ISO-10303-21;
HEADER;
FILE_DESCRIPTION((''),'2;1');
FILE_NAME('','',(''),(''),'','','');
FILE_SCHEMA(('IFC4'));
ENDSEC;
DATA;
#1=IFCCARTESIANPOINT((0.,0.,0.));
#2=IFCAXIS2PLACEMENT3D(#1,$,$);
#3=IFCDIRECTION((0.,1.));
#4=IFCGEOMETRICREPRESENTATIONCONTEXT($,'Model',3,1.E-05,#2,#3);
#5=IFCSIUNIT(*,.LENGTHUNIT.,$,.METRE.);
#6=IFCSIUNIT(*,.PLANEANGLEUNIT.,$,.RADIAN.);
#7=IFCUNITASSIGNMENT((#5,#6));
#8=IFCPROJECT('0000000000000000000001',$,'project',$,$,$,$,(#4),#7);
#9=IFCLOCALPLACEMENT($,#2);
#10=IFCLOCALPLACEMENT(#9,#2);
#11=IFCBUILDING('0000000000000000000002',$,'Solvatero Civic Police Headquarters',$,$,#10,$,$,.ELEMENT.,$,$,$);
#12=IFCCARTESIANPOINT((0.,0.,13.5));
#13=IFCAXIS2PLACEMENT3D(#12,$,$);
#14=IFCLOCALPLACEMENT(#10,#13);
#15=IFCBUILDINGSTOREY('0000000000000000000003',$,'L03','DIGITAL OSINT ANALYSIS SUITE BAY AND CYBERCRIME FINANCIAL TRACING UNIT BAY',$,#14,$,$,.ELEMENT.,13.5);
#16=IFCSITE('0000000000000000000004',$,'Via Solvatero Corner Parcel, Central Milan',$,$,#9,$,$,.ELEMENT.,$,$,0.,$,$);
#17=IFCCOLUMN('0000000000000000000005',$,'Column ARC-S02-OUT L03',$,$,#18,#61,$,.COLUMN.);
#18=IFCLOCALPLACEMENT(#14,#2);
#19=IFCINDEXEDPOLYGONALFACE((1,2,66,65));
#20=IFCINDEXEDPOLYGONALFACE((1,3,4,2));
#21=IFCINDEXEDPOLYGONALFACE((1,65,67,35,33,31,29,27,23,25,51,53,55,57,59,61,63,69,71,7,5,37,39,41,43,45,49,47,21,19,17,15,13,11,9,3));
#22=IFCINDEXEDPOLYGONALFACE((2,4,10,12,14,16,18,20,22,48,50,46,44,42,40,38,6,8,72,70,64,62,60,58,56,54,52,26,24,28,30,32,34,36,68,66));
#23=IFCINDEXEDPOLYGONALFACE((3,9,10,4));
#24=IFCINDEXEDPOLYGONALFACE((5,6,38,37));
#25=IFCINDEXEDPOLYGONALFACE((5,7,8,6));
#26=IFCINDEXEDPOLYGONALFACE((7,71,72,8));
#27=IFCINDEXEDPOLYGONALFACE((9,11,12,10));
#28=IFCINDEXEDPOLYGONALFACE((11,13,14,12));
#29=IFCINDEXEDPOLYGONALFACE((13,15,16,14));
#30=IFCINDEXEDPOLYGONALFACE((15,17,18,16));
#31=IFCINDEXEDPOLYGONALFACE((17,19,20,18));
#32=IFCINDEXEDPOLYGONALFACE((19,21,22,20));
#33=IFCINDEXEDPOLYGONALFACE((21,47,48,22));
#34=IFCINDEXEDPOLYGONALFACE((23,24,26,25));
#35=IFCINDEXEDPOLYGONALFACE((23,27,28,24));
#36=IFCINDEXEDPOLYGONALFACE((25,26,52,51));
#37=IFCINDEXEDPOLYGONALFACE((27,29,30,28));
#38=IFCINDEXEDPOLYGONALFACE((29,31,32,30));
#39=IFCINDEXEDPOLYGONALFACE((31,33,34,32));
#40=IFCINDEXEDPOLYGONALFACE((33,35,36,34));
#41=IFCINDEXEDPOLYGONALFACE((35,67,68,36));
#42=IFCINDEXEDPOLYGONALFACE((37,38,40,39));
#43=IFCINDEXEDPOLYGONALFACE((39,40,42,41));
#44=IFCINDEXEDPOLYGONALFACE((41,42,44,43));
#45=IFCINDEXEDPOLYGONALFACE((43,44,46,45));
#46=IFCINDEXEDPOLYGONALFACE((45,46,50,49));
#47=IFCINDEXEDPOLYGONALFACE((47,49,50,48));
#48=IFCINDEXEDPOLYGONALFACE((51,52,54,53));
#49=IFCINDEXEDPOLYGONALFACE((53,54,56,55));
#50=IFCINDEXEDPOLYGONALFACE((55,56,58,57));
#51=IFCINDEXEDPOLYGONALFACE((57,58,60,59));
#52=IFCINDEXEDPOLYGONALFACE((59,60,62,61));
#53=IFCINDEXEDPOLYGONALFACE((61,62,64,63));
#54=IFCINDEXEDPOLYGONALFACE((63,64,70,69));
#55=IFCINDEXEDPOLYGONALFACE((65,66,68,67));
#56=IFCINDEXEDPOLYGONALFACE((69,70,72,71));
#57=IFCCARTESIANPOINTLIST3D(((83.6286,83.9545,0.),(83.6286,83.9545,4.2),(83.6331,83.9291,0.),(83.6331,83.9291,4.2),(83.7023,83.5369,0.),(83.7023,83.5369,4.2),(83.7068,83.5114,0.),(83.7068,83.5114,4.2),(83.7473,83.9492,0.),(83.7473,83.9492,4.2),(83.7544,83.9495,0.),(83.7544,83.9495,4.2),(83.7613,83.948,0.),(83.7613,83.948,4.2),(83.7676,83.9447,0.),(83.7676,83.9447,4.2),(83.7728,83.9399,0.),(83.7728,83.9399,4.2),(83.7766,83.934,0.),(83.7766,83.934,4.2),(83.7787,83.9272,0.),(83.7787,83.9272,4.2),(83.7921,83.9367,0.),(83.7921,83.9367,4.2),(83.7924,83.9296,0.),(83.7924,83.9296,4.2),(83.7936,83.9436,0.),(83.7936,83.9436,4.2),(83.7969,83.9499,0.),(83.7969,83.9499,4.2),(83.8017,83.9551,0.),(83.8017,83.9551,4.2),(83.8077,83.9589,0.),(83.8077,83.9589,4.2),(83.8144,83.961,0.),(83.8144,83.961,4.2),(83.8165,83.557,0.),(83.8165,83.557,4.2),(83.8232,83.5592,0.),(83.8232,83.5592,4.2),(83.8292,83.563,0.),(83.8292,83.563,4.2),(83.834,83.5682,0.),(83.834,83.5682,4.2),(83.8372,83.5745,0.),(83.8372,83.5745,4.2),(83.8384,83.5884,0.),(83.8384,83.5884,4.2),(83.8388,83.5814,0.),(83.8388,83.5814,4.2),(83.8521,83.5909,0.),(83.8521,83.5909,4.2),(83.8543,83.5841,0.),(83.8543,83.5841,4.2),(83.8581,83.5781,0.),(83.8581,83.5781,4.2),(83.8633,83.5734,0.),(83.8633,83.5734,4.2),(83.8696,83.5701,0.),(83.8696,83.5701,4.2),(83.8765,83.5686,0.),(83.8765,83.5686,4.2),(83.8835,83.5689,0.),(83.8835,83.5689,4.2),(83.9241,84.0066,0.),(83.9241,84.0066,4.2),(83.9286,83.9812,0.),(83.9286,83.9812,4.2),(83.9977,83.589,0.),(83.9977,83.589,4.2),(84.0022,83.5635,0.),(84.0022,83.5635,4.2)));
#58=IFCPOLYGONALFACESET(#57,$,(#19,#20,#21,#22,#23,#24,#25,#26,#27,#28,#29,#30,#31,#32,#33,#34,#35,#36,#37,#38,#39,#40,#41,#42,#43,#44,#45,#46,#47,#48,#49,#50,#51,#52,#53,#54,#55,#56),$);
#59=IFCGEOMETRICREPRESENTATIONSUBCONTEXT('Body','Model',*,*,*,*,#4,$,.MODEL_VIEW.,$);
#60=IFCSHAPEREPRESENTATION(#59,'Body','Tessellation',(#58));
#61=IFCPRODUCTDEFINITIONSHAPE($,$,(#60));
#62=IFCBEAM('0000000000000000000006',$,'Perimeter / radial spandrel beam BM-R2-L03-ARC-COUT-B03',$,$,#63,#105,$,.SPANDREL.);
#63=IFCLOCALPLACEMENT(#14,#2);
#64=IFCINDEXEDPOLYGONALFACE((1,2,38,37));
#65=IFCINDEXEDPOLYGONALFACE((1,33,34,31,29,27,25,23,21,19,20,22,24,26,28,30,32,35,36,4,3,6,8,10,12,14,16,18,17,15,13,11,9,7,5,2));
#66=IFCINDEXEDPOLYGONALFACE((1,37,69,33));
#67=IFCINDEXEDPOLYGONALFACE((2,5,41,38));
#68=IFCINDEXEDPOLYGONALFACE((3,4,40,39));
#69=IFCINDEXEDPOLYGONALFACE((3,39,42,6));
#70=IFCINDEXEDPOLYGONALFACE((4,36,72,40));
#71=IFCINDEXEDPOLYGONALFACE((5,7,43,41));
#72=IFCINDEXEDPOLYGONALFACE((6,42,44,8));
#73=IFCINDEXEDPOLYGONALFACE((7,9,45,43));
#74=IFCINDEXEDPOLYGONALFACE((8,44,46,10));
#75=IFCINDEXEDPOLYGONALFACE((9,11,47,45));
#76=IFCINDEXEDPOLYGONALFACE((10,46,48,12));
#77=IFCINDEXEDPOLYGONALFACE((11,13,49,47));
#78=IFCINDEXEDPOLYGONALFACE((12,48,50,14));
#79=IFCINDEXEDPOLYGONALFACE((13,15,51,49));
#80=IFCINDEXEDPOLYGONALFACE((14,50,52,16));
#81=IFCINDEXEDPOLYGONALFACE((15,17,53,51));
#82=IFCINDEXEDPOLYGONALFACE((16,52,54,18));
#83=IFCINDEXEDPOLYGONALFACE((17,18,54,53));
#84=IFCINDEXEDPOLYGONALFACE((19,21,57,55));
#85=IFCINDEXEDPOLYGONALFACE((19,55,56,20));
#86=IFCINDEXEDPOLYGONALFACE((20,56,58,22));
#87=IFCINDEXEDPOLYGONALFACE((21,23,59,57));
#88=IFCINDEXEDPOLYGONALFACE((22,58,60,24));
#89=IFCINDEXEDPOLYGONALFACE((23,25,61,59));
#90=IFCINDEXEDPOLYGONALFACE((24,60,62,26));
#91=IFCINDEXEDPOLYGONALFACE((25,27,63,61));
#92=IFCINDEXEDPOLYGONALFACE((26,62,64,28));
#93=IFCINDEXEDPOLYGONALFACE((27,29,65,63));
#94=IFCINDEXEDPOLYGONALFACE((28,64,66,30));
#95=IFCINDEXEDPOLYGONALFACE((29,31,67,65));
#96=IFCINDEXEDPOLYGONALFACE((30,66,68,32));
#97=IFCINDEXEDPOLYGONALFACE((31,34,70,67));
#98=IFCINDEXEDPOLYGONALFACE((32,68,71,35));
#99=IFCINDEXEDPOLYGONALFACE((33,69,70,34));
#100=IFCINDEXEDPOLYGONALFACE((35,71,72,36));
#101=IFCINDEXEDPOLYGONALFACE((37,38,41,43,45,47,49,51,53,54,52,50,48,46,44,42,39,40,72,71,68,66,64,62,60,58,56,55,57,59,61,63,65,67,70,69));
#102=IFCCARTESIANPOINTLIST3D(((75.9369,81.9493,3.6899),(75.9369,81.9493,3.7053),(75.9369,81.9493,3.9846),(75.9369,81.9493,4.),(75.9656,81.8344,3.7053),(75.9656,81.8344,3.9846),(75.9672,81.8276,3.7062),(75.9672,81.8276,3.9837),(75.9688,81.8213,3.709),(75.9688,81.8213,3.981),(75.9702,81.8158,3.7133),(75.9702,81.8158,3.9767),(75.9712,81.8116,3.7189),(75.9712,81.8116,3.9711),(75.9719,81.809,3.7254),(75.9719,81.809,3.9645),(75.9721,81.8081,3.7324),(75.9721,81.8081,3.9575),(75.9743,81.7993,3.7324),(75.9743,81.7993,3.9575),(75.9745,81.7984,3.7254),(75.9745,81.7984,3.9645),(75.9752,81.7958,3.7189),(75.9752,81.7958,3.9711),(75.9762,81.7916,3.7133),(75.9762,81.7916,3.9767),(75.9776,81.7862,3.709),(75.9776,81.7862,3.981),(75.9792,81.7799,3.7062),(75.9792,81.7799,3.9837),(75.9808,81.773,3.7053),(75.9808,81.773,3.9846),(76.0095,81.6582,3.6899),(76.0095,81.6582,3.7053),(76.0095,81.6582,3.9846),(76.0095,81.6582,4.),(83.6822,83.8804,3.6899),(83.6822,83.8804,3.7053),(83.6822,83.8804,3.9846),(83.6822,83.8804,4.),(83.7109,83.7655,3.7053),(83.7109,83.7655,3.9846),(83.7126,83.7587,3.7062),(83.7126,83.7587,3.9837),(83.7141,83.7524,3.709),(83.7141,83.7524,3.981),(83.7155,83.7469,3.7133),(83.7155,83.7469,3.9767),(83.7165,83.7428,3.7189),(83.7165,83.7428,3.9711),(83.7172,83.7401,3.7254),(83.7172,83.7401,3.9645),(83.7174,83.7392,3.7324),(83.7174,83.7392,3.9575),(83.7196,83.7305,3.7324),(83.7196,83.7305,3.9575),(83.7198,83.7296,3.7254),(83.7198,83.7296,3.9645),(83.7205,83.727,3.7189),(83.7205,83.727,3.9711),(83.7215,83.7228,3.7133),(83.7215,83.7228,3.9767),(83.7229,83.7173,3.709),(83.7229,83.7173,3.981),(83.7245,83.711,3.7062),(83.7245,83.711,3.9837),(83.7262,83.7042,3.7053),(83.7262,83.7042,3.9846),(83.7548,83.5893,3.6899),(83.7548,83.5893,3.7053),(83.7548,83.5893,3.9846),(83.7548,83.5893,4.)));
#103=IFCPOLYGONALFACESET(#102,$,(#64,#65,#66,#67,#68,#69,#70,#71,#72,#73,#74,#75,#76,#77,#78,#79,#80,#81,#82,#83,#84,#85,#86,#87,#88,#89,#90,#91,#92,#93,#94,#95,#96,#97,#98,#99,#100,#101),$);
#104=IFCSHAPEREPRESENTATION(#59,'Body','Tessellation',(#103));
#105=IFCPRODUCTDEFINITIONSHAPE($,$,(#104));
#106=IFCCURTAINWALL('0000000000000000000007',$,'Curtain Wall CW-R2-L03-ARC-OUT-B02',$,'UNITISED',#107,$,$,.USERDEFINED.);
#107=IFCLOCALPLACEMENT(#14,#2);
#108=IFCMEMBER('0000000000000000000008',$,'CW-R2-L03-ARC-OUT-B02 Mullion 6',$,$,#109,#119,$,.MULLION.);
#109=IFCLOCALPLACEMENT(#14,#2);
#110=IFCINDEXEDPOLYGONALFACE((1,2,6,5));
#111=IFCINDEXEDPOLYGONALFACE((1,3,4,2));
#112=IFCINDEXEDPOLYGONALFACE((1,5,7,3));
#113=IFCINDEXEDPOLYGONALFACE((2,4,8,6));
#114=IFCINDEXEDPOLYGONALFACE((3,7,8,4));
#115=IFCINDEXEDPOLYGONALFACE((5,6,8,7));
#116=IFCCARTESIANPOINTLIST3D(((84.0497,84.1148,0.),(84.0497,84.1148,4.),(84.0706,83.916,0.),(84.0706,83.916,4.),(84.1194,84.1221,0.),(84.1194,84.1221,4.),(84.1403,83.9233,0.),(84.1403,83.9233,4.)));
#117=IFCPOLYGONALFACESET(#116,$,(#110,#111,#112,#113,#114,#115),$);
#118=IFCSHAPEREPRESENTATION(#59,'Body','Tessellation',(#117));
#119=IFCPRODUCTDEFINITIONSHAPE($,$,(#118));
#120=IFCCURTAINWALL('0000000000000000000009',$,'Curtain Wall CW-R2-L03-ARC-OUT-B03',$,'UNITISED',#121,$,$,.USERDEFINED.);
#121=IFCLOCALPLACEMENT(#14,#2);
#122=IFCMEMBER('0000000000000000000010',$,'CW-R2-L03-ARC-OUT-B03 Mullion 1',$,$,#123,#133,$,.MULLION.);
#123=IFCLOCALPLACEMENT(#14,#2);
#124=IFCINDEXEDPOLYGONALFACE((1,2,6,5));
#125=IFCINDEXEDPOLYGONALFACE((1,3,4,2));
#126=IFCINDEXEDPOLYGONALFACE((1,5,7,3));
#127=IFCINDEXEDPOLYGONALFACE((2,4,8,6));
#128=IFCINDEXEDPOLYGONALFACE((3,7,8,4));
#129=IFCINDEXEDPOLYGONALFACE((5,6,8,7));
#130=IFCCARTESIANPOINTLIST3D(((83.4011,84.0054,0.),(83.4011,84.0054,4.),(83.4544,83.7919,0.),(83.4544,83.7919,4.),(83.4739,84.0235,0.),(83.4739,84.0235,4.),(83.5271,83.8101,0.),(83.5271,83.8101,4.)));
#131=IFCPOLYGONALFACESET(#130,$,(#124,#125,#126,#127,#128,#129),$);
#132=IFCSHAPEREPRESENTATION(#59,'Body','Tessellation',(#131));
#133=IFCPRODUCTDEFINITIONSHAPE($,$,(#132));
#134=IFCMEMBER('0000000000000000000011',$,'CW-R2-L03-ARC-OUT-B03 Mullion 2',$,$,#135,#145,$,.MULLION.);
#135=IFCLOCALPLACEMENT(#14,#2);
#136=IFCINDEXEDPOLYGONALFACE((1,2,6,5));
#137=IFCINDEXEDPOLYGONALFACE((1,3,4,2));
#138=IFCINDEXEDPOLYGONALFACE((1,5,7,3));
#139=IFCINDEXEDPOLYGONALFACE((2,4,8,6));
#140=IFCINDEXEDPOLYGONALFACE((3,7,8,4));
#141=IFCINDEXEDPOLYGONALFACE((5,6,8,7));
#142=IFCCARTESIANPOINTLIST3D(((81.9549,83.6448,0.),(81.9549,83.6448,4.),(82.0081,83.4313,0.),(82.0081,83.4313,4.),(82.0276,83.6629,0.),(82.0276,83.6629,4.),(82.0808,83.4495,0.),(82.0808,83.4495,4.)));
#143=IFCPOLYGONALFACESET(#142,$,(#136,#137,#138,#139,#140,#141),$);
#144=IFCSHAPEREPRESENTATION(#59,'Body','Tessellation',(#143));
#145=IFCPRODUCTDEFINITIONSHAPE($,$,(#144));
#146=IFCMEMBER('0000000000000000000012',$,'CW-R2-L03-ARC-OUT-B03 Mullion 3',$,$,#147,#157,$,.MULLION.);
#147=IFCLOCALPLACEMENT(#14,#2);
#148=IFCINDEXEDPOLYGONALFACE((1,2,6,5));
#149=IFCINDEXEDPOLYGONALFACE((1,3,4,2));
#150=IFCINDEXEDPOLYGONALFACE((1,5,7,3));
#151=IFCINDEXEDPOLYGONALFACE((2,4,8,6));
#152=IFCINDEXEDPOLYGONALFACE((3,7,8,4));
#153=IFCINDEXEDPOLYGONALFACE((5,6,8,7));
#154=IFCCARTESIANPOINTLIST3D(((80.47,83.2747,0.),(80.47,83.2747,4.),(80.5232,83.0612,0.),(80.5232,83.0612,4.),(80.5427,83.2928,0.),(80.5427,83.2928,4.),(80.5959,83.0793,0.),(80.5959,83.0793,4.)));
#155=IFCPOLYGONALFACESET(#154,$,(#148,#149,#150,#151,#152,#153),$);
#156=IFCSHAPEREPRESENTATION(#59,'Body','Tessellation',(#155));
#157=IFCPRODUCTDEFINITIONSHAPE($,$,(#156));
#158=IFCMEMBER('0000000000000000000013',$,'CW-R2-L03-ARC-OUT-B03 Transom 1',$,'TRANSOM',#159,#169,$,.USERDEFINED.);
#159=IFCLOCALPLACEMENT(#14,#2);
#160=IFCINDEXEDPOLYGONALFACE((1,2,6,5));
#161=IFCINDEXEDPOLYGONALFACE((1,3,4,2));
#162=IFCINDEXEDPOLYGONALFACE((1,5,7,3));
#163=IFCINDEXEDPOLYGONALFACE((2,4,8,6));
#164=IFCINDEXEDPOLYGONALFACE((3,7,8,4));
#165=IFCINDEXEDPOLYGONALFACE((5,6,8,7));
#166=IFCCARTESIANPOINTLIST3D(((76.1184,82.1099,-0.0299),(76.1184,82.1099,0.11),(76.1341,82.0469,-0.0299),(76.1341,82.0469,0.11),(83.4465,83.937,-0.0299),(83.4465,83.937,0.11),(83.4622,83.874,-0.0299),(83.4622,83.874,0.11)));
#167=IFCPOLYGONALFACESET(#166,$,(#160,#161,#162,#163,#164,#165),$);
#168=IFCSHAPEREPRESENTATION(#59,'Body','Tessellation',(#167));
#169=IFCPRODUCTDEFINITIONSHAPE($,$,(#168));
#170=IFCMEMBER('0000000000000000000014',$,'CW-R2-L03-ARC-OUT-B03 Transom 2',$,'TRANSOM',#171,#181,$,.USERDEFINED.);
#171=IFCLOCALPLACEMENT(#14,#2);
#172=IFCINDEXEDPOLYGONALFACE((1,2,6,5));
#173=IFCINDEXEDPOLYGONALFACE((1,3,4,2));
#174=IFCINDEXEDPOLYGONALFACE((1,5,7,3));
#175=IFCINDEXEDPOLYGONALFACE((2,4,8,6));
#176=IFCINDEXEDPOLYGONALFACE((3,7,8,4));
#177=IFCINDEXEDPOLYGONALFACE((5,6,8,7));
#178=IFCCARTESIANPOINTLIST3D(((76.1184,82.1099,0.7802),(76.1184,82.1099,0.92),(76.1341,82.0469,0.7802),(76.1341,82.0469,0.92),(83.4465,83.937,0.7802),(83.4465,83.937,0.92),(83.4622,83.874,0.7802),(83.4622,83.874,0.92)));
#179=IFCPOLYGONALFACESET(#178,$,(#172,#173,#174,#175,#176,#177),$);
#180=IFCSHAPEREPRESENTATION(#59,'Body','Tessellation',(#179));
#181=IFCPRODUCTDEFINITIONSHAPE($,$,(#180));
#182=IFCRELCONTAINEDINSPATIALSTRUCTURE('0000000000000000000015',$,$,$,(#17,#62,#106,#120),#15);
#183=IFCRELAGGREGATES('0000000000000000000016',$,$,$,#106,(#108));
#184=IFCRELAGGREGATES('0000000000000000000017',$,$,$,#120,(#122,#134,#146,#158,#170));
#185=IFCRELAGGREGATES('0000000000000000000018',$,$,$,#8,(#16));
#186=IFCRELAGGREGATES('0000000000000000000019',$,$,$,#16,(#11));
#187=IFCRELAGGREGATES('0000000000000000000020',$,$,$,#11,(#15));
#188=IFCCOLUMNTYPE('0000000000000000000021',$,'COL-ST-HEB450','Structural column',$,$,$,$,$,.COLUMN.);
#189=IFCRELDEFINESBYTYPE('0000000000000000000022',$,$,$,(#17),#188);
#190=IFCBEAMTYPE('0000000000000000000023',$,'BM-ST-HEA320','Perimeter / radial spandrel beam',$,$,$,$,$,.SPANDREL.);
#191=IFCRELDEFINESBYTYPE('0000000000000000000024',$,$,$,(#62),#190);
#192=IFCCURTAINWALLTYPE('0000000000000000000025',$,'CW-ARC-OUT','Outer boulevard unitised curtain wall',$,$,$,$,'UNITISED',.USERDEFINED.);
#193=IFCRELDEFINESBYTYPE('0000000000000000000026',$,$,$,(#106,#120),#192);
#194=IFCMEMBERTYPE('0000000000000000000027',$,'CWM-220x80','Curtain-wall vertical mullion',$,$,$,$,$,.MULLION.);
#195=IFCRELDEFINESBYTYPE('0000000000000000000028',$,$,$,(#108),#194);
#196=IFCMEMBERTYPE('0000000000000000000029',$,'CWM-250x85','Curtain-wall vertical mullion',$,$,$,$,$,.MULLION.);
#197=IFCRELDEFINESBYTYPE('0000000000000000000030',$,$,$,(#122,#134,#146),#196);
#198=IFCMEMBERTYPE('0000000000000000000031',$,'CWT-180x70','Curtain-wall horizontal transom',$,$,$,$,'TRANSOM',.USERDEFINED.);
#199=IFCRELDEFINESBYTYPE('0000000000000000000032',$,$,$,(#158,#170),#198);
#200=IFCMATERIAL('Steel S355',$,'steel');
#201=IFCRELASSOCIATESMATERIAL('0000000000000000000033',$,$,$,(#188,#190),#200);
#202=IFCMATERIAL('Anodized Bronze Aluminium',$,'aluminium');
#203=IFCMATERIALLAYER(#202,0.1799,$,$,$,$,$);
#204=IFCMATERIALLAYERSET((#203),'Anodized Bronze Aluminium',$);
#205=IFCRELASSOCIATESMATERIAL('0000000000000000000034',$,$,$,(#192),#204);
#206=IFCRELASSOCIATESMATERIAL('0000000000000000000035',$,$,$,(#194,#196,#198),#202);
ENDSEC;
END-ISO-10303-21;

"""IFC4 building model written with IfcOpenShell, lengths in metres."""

from ifc_helpers import new_model, si_unit, direction, frame, origin, origin_2d, place, context, subcontext, project, spatial, rectangle, i_section, extrude, material, layer, layer_set, material_profile, profile_set, type_object, element, aggregate, save


model = new_model("IFC4")

# Units and contexts
model_context = context("Model", 3, precision=1e-05, world=origin(), true_north=direction((0.0, 1.0)))
body_context = subcontext(model_context, "Body", "Model", "MODEL_VIEW")
ifc_project = project(units=[si_unit("LENGTHUNIT", "METRE"), si_unit("PLANEANGLEUNIT", "RADIAN")], contexts=[model_context])

# Site, building, storey
site_placement = place(None, origin())
site = spatial("IfcSite", under=ifc_project, at=site_placement, Name="Via Solvatero Corner Parcel, Central Milan", CompositionType="ELEMENT", RefElevation=0.0)
building_placement = place(site_placement, origin())
building = spatial("IfcBuilding", under=site, at=building_placement, Name="Solvatero Civic Police Headquarters", CompositionType="ELEMENT")
storey_placement = place(building_placement, frame((0.0, 0.0, 13.5)))
storey = spatial("IfcBuildingStorey", under=building, at=storey_placement, Name="L03", Description="DIGITAL OSINT ANALYSIS SUITE BAY AND CYBERCRIME FINANCIAL TRACING UNIT BAY", CompositionType="ELEMENT", Elevation=13.5)

# Column
ifc_material_1 = material(Name="Steel S355", Category="steel")
ifc_material_profile_1 = material_profile(ifc_material_1, i_section(OverallWidth=0.3, OverallDepth=0.45, WebThickness=0.0139, FlangeThickness=0.0259, FilletRadius=0.0271, at=origin_2d()), Name="HEB 450")
ifc_profile_set_1 = profile_set([ifc_material_profile_1], Name="Steel S355")
column_type = type_object("IfcColumnType", Name="COL-ST-HEB450", Description="Structural column", PredefinedType="COLUMN", material=ifc_profile_set_1)
column_placement = place(storey_placement, frame((83.8154, 83.759, 0.0), z_axis=(0.0, 0.0, 1.0), x_axis=(0.984808, 0.173648, 0.0)))
element("IfcColumn", 1, at=column_placement, inside=storey, type_object=column_type, Name="Column ARC-S02-OUT L03", PredefinedType="COLUMN", context=body_context, shape_type="SweptSolid", body=[
    extrude(i_section(OverallWidth=0.3, OverallDepth=0.45, WebThickness=0.0139, FlangeThickness=0.0259, FilletRadius=0.0271, at=origin_2d()), origin(), (0.0, 0.0, 1.0), 4.2),
])

# Beam
ifc_material_profile_2 = material_profile(ifc_material_1, i_section(OverallWidth=0.3, OverallDepth=0.3101, WebThickness=0.009, FlangeThickness=0.0154, FilletRadius=0.0271, at=origin_2d()), Name="HEA 320")
ifc_profile_set_2 = profile_set([ifc_material_profile_2], Name="Steel S355")
beam_type = type_object("IfcBeamType", Name="BM-ST-HEA320", Description="Perimeter / radial spandrel beam", PredefinedType="SPANDREL", material=ifc_profile_set_2)
beam_placement = place(storey_placement, frame((83.7185, 83.7349, 3.845), z_axis=(-0.970295, -0.241924, 0.0), x_axis=(0.241924, -0.970295, 0.0)))
element("IfcBeam", 2, at=beam_placement, inside=storey, type_object=beam_type, Name="Perimeter / radial spandrel beam BM-R2-L03-ARC-COUT-B03", PredefinedType="SPANDREL", context=body_context, shape_type="SweptSolid", body=[
    extrude(i_section(OverallWidth=0.3, OverallDepth=0.3101, WebThickness=0.009, FlangeThickness=0.0154, FilletRadius=0.0271, at=origin_2d()), origin(), (0.0, 0.0, 1.0), 7.9824),
])

# Curtain wall, member
ifc_material_2 = material(Name="Anodized Bronze Aluminium", Category="aluminium")
ifc_layer_1 = layer(ifc_material_2, 0.1799)
ifc_layer_set_1 = layer_set([ifc_layer_1], Name="Anodized Bronze Aluminium")
curtain_wall_type = type_object("IfcCurtainWallType", Name="CW-ARC-OUT", Description="Outer boulevard unitised curtain wall", ElementType="UNITISED", PredefinedType="USERDEFINED", material=ifc_layer_set_1)
curtain_wall_1_placement = place(storey_placement, origin())
curtain_wall_1 = element("IfcCurtainWall", 3, at=curtain_wall_1_placement, inside=storey, type_object=curtain_wall_type, Name="Curtain Wall CW-R2-L03-ARC-OUT-B02", ObjectType="UNITISED", PredefinedType="USERDEFINED")
ifc_material_profile_3 = material_profile(ifc_material_2, rectangle(XDim=0.0701, YDim=0.2, at=origin_2d()), Name="ALU MULLION 70x200")
ifc_profile_set_3 = profile_set([ifc_material_profile_3], Name="Anodized Bronze Aluminium")
member_type_1 = type_object("IfcMemberType", Name="CWM-220x80", Description="Curtain-wall vertical mullion", PredefinedType="MULLION", material=ifc_profile_set_3)
member_1_placement = place(storey_placement, frame((84.095, 84.019, 0.0), z_axis=(0.0, 0.0, 1.0), x_axis=(-0.994524, -0.104511, 0.0)))
member_1 = element("IfcMember", 4, at=member_1_placement, type_object=member_type_1, Name="CW-R2-L03-ARC-OUT-B02 Mullion 6", PredefinedType="MULLION", context=body_context, shape_type="SweptSolid", body=[
    extrude(rectangle(XDim=0.0701, YDim=0.2, at=origin_2d()), origin(), (0.0, 0.0, 1.0), 4.0),
])
aggregate(curtain_wall_1, [member_1])

# Curtain wall, members
curtain_wall_2_placement = place(storey_placement, origin())
curtain_wall_2 = element("IfcCurtainWall", 5, at=curtain_wall_2_placement, inside=storey, type_object=curtain_wall_type, Name="Curtain Wall CW-R2-L03-ARC-OUT-B03", ObjectType="UNITISED", PredefinedType="USERDEFINED")
ifc_material_profile_4 = material_profile(ifc_material_2, rectangle(XDim=0.075, YDim=0.22, at=origin_2d()), Name="ALU MULLION 75x220")
ifc_profile_set_4 = profile_set([ifc_material_profile_4], Name="Anodized Bronze Aluminium")
member_type_2 = type_object("IfcMemberType", Name="CWM-250x85", Description="Curtain-wall vertical mullion", PredefinedType="MULLION", material=ifc_profile_set_4)
member_2_placement = place(storey_placement, frame((83.4641, 83.9077, 0.0), z_axis=(0.0, 0.0, 1.0), x_axis=(-0.970296, -0.241922, 0.0)))
member_2 = element("IfcMember", 6, at=member_2_placement, type_object=member_type_2, Name="CW-R2-L03-ARC-OUT-B03 Mullion 1", PredefinedType="MULLION", context=body_context, shape_type="SweptSolid", body=[
    extrude(rectangle(XDim=0.075, YDim=0.22, at=origin_2d()), origin(), (0.0, 0.0, 1.0), 4.0),
])
member_3_placement = place(storey_placement, frame((82.0178, 83.5471, 0.0), z_axis=(0.0, 0.0, 1.0), x_axis=(-0.970296, -0.241922, 0.0)))
member_3 = element("IfcMember", 7, at=member_3_placement, type_object=member_type_2, Name="CW-R2-L03-ARC-OUT-B03 Mullion 2", PredefinedType="MULLION", context=body_context, shape_type="SweptSolid", body=[
    extrude(rectangle(XDim=0.075, YDim=0.22, at=origin_2d()), origin(), (0.0, 0.0, 1.0), 4.0),
])
member_4_placement = place(storey_placement, frame((80.533, 83.177, 0.0), z_axis=(0.0, 0.0, 1.0), x_axis=(-0.970296, -0.241922, 0.0)))
member_4 = element("IfcMember", 8, at=member_4_placement, type_object=member_type_2, Name="CW-R2-L03-ARC-OUT-B03 Mullion 3", PredefinedType="MULLION", context=body_context, shape_type="SweptSolid", body=[
    extrude(rectangle(XDim=0.075, YDim=0.22, at=origin_2d()), origin(), (0.0, 0.0, 1.0), 4.0),
])
ifc_material_profile_5 = material_profile(ifc_material_2, rectangle(XDim=0.0649, YDim=0.1399, at=origin_2d()), Name="ALU TRANSOM 65x140")
ifc_profile_set_5 = profile_set([ifc_material_profile_5], Name="Anodized Bronze Aluminium")
member_type_3 = type_object("IfcMemberType", Name="CWT-180x70", Description="Curtain-wall horizontal transom", ElementType="TRANSOM", PredefinedType="USERDEFINED", material=ifc_profile_set_5)
member_5_placement = place(storey_placement, frame((83.4543, 83.9055, 0.04), z_axis=(-0.970294, -0.241927, 0.0), x_axis=(0.241927, -0.970294, 0.0)))
member_5 = element("IfcMember", 9, at=member_5_placement, type_object=member_type_3, Name="CW-R2-L03-ARC-OUT-B03 Transom 1", ObjectType="TRANSOM", PredefinedType="USERDEFINED", context=body_context, shape_type="SweptSolid", body=[
    extrude(rectangle(XDim=0.0649, YDim=0.1399, at=origin_2d()), origin(), (0.0, 0.0, 1.0), 7.5525),
])
member_6_placement = place(storey_placement, frame((83.4543, 83.9055, 0.8501), z_axis=(-0.970294, -0.241927, 0.0), x_axis=(0.241927, -0.970294, 0.0)))
member_6 = element("IfcMember", 10, at=member_6_placement, type_object=member_type_3, Name="CW-R2-L03-ARC-OUT-B03 Transom 2", ObjectType="TRANSOM", PredefinedType="USERDEFINED", context=body_context, shape_type="SweptSolid", body=[
    extrude(rectangle(XDim=0.0649, YDim=0.1399, at=origin_2d()), origin(), (0.0, 0.0, 1.0), 7.5525),
])
aggregate(curtain_wall_2, [member_2, member_3, member_4, member_5, member_6])

save(model, "model.ifc")
